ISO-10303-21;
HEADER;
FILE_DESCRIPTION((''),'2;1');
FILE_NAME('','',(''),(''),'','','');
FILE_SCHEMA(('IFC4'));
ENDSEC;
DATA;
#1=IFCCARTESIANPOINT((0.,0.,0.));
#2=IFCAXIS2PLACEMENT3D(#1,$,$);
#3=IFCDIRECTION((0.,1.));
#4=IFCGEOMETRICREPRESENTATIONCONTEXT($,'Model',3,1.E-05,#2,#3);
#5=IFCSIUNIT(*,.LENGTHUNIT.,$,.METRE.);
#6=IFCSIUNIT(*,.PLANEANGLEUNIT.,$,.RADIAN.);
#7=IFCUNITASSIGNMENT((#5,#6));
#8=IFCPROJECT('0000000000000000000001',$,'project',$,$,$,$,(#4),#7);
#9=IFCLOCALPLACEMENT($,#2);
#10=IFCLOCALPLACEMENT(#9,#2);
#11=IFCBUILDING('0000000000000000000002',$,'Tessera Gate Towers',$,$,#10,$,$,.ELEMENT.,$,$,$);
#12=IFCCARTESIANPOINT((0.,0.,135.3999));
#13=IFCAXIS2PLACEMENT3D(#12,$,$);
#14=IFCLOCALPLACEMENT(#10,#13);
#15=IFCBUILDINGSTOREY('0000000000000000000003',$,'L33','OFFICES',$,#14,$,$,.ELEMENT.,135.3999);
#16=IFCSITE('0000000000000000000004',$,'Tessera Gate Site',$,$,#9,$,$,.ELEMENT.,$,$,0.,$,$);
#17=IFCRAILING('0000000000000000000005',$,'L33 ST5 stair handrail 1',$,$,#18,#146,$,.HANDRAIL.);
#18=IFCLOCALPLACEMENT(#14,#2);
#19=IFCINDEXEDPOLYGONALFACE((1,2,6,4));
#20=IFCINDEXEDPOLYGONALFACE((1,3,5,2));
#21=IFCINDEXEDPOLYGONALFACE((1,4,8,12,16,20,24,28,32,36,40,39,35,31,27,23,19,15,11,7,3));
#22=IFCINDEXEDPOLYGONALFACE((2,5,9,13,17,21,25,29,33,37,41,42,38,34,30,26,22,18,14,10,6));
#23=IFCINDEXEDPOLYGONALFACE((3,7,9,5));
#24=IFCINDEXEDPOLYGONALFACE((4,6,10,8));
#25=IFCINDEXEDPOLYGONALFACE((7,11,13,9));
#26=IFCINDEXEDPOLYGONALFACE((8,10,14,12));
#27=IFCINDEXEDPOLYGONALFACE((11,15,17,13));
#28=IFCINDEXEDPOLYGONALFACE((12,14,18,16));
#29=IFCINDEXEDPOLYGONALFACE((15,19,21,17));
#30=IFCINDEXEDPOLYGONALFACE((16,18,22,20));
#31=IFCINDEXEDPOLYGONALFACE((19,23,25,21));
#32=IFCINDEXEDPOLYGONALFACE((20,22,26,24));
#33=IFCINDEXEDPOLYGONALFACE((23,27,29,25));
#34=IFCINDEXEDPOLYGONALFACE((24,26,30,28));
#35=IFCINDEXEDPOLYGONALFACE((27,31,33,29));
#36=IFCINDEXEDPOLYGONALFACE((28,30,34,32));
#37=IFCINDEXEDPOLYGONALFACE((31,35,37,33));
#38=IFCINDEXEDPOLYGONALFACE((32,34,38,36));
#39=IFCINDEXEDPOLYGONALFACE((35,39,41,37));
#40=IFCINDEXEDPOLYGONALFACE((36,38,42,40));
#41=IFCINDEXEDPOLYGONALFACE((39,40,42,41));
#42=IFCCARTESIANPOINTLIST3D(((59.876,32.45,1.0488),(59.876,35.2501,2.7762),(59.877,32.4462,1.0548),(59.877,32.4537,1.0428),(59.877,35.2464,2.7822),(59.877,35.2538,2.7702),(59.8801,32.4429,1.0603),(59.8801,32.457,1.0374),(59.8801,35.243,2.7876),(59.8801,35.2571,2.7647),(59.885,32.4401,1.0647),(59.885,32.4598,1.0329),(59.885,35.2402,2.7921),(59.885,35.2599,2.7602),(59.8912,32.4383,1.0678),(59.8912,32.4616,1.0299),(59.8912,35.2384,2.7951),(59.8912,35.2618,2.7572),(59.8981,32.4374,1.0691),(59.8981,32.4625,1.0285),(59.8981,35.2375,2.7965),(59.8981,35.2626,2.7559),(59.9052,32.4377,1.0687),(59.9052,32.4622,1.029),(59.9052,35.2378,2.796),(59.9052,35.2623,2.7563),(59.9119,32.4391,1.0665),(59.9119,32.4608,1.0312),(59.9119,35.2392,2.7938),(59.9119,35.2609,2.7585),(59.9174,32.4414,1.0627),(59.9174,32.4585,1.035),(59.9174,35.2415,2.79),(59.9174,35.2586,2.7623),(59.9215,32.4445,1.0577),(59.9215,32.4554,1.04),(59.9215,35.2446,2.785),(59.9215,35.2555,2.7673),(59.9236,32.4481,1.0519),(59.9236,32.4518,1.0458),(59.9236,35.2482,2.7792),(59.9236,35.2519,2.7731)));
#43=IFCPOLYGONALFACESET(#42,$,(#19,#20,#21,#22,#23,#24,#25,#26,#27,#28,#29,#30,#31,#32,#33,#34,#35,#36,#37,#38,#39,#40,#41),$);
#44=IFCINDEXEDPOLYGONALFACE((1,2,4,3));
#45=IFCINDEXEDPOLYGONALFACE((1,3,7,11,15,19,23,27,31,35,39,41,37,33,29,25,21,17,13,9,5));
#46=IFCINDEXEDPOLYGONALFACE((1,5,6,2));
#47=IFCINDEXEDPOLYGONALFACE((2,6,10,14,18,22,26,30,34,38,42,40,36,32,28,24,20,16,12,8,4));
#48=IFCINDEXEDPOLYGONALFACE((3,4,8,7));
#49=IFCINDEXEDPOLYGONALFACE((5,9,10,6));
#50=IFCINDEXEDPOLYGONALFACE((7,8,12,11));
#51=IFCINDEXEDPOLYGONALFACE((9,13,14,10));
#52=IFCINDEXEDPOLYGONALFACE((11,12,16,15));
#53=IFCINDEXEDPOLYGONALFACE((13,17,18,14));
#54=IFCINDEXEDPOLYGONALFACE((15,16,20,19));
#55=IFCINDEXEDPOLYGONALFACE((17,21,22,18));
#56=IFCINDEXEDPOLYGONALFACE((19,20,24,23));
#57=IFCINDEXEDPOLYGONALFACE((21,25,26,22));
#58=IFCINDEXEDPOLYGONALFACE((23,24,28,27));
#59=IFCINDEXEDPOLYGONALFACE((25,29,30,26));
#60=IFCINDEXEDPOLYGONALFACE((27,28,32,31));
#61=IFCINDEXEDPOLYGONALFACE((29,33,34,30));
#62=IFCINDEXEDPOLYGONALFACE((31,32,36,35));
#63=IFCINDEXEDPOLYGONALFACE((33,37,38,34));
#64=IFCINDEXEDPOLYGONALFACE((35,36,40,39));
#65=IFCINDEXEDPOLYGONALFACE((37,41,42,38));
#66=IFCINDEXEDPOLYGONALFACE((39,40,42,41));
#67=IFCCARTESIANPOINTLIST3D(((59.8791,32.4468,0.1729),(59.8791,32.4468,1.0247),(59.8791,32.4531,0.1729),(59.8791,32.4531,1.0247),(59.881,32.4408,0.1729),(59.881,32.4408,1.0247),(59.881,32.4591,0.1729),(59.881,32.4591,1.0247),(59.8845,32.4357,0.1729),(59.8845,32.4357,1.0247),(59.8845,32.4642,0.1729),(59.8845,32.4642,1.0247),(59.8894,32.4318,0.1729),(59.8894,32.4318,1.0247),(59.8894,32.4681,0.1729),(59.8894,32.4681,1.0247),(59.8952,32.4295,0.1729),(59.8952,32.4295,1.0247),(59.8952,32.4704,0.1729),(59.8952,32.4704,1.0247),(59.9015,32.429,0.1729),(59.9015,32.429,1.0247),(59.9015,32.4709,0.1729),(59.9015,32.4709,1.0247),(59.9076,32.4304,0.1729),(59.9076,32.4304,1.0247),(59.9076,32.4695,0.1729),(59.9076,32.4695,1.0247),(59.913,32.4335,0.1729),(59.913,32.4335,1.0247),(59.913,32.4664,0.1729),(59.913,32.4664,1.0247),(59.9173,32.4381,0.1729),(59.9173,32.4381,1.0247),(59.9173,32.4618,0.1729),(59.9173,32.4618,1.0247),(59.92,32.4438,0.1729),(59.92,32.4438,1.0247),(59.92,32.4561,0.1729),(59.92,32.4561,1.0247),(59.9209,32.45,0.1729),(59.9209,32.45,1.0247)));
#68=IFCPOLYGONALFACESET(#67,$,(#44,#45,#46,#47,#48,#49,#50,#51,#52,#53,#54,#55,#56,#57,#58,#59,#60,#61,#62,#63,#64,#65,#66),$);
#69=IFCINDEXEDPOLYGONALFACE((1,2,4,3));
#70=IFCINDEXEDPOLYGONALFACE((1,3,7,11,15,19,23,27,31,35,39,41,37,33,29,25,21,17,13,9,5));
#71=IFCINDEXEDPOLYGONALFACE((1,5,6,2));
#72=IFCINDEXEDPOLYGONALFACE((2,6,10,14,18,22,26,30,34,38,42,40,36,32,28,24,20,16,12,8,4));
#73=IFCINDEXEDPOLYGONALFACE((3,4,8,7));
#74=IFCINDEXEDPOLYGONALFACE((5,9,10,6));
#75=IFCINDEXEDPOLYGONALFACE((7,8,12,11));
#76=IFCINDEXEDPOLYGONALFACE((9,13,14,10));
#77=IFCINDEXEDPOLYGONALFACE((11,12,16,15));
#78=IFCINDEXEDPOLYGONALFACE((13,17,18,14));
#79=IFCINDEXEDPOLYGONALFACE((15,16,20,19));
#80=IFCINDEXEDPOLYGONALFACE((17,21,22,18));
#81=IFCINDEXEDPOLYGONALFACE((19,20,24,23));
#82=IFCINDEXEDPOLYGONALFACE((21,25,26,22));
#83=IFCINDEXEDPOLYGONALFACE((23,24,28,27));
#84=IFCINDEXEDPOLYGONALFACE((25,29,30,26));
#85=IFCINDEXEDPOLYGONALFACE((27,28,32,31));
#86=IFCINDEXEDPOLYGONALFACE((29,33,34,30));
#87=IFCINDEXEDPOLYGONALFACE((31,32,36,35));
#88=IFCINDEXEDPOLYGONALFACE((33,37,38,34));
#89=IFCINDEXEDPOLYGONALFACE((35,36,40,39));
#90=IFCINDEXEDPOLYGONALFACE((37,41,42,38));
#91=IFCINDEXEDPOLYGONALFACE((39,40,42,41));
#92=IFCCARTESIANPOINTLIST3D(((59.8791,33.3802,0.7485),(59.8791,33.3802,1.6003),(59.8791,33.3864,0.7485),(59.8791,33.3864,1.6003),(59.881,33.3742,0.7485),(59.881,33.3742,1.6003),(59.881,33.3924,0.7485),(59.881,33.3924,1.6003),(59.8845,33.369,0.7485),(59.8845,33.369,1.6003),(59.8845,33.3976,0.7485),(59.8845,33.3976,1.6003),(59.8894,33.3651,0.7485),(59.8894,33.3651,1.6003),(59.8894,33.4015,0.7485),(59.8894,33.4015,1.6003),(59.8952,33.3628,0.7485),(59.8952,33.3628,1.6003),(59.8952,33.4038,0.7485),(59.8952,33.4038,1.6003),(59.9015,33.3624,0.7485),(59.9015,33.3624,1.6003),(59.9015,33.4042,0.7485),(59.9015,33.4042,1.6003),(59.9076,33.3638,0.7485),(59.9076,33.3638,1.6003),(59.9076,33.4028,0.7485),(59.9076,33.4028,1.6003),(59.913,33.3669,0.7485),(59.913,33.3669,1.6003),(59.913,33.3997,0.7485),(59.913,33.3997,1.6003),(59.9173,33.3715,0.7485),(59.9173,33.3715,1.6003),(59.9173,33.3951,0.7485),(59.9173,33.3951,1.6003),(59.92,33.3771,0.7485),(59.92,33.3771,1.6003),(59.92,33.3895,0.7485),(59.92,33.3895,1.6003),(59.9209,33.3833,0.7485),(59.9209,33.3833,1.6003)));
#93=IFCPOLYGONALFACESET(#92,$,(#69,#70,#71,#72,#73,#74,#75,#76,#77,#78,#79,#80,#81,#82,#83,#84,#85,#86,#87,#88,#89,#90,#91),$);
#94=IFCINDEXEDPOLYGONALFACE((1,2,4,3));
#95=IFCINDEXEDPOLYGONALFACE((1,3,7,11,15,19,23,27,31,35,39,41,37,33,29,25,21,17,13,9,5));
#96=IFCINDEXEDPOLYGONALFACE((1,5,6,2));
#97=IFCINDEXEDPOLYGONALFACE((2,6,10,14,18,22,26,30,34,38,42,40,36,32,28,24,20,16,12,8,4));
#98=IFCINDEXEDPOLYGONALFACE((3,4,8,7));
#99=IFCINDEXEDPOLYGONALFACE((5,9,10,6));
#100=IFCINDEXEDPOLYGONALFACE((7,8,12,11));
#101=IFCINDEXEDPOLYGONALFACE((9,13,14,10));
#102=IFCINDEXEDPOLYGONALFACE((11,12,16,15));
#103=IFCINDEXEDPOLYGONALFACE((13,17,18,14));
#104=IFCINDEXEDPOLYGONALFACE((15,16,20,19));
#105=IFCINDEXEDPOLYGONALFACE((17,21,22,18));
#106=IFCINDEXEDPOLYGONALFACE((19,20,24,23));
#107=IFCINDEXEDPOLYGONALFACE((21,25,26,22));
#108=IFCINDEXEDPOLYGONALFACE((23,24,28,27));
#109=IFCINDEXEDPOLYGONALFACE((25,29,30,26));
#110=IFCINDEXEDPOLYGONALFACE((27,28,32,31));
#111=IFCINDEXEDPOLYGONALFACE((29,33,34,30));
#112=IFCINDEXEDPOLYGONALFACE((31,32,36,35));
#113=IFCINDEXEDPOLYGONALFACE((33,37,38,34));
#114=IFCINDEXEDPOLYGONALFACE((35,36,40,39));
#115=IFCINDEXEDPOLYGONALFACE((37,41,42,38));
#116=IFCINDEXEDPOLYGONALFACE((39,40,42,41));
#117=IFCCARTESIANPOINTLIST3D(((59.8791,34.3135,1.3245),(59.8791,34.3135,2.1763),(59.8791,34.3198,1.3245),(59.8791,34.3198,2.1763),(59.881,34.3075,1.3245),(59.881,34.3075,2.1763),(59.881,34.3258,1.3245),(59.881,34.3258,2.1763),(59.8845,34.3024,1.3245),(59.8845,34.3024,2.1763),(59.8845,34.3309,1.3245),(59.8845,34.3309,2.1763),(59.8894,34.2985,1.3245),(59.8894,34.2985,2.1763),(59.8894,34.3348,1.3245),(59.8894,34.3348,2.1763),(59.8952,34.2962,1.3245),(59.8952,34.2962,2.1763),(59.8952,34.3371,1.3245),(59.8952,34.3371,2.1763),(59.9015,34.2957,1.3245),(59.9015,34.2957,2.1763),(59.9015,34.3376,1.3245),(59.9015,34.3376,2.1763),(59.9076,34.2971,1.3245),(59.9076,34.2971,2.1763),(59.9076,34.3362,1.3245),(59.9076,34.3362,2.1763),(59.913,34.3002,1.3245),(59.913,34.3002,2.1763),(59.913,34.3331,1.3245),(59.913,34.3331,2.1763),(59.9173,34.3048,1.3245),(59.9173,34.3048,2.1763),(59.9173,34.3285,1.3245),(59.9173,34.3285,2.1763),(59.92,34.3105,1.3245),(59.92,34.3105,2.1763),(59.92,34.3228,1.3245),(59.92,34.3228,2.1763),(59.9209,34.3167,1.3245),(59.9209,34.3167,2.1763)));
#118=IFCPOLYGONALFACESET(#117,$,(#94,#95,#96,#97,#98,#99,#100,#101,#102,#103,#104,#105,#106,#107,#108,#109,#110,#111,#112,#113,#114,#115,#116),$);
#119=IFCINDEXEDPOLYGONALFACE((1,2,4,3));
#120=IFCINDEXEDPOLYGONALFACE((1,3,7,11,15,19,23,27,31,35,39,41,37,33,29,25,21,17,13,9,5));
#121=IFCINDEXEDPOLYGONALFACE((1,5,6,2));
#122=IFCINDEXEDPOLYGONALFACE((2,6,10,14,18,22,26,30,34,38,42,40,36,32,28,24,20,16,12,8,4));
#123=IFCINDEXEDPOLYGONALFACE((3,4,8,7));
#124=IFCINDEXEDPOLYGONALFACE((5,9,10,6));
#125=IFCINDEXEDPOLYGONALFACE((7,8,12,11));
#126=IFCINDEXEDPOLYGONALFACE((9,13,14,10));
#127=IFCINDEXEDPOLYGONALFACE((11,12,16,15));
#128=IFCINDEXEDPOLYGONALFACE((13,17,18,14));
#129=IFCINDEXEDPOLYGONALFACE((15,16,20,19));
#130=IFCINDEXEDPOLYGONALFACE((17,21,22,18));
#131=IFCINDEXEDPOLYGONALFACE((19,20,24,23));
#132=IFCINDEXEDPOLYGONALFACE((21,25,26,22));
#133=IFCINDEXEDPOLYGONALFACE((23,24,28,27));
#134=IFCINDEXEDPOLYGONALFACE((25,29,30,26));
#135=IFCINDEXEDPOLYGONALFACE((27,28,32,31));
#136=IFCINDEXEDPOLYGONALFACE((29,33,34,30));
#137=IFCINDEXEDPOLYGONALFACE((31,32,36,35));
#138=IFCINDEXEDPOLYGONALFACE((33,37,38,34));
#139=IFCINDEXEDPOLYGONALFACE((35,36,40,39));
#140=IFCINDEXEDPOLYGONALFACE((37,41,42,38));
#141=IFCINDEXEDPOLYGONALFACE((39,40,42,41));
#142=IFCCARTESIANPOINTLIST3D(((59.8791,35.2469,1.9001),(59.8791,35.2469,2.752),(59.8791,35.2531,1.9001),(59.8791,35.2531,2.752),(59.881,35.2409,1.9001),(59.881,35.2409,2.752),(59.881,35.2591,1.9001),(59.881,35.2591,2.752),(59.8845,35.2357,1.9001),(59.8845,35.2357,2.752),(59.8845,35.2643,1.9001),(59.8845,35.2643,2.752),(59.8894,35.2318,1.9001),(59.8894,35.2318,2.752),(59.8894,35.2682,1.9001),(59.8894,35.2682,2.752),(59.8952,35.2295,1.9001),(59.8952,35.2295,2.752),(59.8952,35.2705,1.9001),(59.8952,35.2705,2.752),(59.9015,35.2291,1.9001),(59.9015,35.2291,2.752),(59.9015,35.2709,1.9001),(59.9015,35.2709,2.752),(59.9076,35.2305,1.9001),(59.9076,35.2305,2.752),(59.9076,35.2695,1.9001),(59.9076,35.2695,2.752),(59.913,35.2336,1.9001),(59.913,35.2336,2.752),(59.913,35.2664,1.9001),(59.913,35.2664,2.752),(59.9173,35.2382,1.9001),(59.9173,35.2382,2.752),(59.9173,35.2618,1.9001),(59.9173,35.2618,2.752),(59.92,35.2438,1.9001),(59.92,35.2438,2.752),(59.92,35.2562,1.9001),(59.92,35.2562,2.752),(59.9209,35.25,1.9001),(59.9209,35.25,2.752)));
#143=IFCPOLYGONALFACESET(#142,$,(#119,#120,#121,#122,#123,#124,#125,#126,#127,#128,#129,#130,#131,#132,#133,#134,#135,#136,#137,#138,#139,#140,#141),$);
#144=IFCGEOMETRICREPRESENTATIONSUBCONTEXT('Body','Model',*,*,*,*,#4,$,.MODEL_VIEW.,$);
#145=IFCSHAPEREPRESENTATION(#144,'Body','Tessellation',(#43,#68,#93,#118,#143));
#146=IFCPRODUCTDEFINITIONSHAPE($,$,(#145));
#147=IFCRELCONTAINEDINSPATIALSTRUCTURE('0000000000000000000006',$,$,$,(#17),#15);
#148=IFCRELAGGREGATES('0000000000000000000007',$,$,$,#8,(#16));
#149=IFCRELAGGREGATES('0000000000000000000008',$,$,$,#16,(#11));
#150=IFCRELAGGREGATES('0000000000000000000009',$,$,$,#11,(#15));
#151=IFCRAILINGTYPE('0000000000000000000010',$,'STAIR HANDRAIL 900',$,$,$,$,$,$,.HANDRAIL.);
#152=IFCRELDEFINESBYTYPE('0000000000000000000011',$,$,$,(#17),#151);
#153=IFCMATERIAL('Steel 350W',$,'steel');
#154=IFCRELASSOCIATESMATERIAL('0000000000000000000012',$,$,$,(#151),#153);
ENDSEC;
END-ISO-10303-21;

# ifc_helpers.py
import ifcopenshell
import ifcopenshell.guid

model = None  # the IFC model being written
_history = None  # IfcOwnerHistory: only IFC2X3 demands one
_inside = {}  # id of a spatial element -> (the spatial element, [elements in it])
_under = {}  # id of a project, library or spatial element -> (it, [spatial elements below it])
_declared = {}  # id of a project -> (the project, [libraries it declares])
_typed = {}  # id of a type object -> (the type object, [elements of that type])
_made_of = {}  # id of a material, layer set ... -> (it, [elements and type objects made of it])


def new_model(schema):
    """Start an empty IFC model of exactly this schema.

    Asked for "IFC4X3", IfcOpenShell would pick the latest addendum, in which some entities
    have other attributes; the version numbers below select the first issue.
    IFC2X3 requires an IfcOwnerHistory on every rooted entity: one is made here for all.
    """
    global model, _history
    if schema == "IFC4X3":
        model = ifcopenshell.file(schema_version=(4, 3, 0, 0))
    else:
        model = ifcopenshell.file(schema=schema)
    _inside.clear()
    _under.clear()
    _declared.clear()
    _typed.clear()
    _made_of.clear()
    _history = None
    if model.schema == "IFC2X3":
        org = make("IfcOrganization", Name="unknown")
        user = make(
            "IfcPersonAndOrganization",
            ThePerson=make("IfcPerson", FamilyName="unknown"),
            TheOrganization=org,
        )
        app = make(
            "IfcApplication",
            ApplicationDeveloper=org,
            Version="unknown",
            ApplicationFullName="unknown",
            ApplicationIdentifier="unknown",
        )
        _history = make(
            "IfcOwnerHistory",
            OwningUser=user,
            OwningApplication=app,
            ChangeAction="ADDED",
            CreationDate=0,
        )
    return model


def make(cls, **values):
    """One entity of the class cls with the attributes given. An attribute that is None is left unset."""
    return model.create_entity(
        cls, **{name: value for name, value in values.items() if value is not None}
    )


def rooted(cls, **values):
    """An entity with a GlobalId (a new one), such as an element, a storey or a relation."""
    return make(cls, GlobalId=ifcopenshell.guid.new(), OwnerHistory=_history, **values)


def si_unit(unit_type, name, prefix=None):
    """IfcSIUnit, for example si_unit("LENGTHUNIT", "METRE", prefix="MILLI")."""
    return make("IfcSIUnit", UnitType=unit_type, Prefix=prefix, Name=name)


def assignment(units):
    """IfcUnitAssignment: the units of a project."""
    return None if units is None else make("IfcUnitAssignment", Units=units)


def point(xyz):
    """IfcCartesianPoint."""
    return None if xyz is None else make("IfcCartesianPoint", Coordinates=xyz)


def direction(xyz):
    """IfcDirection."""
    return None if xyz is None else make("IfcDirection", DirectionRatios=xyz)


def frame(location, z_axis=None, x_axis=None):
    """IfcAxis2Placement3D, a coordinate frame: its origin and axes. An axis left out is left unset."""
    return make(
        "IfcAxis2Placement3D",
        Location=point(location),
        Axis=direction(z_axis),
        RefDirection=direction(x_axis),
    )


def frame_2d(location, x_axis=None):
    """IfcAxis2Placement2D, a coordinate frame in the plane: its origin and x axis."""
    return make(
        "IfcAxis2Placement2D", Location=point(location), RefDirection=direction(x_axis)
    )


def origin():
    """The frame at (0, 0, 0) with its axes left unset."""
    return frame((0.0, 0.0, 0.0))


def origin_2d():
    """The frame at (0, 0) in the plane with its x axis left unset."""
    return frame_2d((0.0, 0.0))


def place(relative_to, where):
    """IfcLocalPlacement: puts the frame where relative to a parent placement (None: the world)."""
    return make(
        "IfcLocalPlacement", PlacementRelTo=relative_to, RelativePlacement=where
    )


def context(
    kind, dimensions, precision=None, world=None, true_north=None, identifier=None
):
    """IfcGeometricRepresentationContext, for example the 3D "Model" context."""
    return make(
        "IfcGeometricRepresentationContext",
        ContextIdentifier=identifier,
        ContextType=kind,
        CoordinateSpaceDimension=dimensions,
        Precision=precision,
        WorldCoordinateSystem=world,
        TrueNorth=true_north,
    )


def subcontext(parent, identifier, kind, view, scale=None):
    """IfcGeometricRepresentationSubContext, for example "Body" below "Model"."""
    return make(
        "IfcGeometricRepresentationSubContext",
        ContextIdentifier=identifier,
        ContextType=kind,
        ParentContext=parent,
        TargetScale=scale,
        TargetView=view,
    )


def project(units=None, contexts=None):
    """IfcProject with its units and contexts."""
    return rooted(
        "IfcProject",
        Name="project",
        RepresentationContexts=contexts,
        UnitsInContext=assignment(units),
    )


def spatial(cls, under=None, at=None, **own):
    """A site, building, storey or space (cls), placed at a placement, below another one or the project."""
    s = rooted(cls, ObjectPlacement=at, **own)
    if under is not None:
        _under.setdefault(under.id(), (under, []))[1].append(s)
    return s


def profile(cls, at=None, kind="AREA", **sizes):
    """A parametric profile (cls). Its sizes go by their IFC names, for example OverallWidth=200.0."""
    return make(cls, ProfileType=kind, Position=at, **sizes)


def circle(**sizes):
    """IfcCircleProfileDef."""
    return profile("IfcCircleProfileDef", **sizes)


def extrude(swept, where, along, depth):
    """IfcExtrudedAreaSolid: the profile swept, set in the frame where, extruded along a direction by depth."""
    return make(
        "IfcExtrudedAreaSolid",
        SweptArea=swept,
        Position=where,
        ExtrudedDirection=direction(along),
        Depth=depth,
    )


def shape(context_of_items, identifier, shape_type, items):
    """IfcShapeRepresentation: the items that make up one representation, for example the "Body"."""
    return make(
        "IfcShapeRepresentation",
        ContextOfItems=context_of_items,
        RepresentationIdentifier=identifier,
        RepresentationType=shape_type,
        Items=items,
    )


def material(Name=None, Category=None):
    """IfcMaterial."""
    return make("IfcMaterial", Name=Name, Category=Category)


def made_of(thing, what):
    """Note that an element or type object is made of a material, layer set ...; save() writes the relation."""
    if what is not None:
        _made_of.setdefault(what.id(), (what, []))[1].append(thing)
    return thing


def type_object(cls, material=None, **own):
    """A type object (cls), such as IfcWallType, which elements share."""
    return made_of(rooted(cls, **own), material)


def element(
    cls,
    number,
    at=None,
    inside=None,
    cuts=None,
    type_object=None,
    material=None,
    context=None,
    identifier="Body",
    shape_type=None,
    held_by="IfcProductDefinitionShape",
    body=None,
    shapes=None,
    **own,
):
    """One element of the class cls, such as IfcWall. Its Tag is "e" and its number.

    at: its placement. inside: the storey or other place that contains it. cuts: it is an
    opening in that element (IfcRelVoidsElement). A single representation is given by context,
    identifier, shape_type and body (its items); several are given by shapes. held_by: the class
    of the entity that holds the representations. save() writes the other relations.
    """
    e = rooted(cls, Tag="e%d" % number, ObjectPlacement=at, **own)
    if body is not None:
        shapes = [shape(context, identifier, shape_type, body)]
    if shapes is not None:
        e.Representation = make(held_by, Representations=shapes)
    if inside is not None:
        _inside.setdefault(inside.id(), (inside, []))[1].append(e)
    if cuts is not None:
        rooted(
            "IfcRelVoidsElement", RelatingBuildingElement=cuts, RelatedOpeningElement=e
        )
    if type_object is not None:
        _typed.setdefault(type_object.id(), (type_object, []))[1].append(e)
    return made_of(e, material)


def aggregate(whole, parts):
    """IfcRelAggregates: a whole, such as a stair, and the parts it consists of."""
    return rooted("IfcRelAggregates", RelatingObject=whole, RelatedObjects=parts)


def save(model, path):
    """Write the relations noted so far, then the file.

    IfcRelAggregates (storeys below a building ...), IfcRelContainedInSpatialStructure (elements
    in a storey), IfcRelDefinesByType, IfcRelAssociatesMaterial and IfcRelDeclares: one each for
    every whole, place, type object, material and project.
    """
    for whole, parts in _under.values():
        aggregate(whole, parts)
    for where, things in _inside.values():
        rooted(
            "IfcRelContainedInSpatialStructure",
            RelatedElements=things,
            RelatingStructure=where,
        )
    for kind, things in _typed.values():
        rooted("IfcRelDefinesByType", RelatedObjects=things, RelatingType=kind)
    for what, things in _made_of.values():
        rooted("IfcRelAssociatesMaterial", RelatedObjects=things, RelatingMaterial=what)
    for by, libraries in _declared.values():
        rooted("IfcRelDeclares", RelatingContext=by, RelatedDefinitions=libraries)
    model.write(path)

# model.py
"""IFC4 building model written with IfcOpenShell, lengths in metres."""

from ifc_helpers import new_model, si_unit, direction, frame, origin, origin_2d, place, context, subcontext, project, spatial, circle, extrude, material, type_object, element, save


model = new_model("IFC4")

# Units and contexts
model_context = context("Model", 3, precision=1e-05, world=origin(), true_north=direction((0.0, 1.0)))
body_context = subcontext(model_context, "Body", "Model", "MODEL_VIEW")
ifc_project = project(units=[si_unit("LENGTHUNIT", "METRE"), si_unit("PLANEANGLEUNIT", "RADIAN")], contexts=[model_context])

# Site, building, storey
site_placement = place(None, origin())
site = spatial("IfcSite", under=ifc_project, at=site_placement, Name="Tessera Gate Site", CompositionType="ELEMENT", RefElevation=0.0)
building_placement = place(site_placement, origin())
building = spatial("IfcBuilding", under=site, at=building_placement, Name="Tessera Gate Towers", CompositionType="ELEMENT")
storey_placement = place(building_placement, frame((0.0, 0.0, 135.3999)))
storey = spatial("IfcBuildingStorey", under=building, at=storey_placement, Name="L33", Description="OFFICES", CompositionType="ELEMENT", Elevation=135.3999)

# Railing
ifc_material_1 = material(Name="Steel 350W", Category="steel")
railing_type_1 = type_object("IfcRailingType", Name="STAIR HANDRAIL 900", PredefinedType="HANDRAIL", material=ifc_material_1)
railing_1_placement = place(storey_placement, frame((59.8999, 32.45, 0.1729)))
element("IfcRailing", 1, at=railing_1_placement, inside=storey, type_object=railing_type_1, Name="L33 ST5 stair handrail 1", PredefinedType="HANDRAIL", context=body_context, shape_type="SweptSolid", body=[
    extrude(circle(Radius=0.0239, at=origin_2d()), frame((0.0, 0.0, 0.876), z_axis=(0.0, 0.85109, 0.52502), x_axis=(-1.0, 0.0, 0.0)), (0.0, 0.0, 1.0), 3.29),
    extrude(circle(Radius=0.021, at=origin_2d()), origin(), (0.0, 0.0, 1.0), 0.8518),
    extrude(circle(Radius=0.021, at=origin_2d()), frame((0.0, 0.9333, 0.5757)), (0.0, 0.0, 1.0), 0.8518),
    extrude(circle(Radius=0.021, at=origin_2d()), frame((0.0, 1.8667, 1.1516)), (0.0, 0.0, 1.0), 0.8518),
    extrude(circle(Radius=0.021, at=origin_2d()), frame((0.0, 2.8, 1.7273)), (0.0, 0.0, 1.0), 0.8518),
])

save(model, "model.ifc")
